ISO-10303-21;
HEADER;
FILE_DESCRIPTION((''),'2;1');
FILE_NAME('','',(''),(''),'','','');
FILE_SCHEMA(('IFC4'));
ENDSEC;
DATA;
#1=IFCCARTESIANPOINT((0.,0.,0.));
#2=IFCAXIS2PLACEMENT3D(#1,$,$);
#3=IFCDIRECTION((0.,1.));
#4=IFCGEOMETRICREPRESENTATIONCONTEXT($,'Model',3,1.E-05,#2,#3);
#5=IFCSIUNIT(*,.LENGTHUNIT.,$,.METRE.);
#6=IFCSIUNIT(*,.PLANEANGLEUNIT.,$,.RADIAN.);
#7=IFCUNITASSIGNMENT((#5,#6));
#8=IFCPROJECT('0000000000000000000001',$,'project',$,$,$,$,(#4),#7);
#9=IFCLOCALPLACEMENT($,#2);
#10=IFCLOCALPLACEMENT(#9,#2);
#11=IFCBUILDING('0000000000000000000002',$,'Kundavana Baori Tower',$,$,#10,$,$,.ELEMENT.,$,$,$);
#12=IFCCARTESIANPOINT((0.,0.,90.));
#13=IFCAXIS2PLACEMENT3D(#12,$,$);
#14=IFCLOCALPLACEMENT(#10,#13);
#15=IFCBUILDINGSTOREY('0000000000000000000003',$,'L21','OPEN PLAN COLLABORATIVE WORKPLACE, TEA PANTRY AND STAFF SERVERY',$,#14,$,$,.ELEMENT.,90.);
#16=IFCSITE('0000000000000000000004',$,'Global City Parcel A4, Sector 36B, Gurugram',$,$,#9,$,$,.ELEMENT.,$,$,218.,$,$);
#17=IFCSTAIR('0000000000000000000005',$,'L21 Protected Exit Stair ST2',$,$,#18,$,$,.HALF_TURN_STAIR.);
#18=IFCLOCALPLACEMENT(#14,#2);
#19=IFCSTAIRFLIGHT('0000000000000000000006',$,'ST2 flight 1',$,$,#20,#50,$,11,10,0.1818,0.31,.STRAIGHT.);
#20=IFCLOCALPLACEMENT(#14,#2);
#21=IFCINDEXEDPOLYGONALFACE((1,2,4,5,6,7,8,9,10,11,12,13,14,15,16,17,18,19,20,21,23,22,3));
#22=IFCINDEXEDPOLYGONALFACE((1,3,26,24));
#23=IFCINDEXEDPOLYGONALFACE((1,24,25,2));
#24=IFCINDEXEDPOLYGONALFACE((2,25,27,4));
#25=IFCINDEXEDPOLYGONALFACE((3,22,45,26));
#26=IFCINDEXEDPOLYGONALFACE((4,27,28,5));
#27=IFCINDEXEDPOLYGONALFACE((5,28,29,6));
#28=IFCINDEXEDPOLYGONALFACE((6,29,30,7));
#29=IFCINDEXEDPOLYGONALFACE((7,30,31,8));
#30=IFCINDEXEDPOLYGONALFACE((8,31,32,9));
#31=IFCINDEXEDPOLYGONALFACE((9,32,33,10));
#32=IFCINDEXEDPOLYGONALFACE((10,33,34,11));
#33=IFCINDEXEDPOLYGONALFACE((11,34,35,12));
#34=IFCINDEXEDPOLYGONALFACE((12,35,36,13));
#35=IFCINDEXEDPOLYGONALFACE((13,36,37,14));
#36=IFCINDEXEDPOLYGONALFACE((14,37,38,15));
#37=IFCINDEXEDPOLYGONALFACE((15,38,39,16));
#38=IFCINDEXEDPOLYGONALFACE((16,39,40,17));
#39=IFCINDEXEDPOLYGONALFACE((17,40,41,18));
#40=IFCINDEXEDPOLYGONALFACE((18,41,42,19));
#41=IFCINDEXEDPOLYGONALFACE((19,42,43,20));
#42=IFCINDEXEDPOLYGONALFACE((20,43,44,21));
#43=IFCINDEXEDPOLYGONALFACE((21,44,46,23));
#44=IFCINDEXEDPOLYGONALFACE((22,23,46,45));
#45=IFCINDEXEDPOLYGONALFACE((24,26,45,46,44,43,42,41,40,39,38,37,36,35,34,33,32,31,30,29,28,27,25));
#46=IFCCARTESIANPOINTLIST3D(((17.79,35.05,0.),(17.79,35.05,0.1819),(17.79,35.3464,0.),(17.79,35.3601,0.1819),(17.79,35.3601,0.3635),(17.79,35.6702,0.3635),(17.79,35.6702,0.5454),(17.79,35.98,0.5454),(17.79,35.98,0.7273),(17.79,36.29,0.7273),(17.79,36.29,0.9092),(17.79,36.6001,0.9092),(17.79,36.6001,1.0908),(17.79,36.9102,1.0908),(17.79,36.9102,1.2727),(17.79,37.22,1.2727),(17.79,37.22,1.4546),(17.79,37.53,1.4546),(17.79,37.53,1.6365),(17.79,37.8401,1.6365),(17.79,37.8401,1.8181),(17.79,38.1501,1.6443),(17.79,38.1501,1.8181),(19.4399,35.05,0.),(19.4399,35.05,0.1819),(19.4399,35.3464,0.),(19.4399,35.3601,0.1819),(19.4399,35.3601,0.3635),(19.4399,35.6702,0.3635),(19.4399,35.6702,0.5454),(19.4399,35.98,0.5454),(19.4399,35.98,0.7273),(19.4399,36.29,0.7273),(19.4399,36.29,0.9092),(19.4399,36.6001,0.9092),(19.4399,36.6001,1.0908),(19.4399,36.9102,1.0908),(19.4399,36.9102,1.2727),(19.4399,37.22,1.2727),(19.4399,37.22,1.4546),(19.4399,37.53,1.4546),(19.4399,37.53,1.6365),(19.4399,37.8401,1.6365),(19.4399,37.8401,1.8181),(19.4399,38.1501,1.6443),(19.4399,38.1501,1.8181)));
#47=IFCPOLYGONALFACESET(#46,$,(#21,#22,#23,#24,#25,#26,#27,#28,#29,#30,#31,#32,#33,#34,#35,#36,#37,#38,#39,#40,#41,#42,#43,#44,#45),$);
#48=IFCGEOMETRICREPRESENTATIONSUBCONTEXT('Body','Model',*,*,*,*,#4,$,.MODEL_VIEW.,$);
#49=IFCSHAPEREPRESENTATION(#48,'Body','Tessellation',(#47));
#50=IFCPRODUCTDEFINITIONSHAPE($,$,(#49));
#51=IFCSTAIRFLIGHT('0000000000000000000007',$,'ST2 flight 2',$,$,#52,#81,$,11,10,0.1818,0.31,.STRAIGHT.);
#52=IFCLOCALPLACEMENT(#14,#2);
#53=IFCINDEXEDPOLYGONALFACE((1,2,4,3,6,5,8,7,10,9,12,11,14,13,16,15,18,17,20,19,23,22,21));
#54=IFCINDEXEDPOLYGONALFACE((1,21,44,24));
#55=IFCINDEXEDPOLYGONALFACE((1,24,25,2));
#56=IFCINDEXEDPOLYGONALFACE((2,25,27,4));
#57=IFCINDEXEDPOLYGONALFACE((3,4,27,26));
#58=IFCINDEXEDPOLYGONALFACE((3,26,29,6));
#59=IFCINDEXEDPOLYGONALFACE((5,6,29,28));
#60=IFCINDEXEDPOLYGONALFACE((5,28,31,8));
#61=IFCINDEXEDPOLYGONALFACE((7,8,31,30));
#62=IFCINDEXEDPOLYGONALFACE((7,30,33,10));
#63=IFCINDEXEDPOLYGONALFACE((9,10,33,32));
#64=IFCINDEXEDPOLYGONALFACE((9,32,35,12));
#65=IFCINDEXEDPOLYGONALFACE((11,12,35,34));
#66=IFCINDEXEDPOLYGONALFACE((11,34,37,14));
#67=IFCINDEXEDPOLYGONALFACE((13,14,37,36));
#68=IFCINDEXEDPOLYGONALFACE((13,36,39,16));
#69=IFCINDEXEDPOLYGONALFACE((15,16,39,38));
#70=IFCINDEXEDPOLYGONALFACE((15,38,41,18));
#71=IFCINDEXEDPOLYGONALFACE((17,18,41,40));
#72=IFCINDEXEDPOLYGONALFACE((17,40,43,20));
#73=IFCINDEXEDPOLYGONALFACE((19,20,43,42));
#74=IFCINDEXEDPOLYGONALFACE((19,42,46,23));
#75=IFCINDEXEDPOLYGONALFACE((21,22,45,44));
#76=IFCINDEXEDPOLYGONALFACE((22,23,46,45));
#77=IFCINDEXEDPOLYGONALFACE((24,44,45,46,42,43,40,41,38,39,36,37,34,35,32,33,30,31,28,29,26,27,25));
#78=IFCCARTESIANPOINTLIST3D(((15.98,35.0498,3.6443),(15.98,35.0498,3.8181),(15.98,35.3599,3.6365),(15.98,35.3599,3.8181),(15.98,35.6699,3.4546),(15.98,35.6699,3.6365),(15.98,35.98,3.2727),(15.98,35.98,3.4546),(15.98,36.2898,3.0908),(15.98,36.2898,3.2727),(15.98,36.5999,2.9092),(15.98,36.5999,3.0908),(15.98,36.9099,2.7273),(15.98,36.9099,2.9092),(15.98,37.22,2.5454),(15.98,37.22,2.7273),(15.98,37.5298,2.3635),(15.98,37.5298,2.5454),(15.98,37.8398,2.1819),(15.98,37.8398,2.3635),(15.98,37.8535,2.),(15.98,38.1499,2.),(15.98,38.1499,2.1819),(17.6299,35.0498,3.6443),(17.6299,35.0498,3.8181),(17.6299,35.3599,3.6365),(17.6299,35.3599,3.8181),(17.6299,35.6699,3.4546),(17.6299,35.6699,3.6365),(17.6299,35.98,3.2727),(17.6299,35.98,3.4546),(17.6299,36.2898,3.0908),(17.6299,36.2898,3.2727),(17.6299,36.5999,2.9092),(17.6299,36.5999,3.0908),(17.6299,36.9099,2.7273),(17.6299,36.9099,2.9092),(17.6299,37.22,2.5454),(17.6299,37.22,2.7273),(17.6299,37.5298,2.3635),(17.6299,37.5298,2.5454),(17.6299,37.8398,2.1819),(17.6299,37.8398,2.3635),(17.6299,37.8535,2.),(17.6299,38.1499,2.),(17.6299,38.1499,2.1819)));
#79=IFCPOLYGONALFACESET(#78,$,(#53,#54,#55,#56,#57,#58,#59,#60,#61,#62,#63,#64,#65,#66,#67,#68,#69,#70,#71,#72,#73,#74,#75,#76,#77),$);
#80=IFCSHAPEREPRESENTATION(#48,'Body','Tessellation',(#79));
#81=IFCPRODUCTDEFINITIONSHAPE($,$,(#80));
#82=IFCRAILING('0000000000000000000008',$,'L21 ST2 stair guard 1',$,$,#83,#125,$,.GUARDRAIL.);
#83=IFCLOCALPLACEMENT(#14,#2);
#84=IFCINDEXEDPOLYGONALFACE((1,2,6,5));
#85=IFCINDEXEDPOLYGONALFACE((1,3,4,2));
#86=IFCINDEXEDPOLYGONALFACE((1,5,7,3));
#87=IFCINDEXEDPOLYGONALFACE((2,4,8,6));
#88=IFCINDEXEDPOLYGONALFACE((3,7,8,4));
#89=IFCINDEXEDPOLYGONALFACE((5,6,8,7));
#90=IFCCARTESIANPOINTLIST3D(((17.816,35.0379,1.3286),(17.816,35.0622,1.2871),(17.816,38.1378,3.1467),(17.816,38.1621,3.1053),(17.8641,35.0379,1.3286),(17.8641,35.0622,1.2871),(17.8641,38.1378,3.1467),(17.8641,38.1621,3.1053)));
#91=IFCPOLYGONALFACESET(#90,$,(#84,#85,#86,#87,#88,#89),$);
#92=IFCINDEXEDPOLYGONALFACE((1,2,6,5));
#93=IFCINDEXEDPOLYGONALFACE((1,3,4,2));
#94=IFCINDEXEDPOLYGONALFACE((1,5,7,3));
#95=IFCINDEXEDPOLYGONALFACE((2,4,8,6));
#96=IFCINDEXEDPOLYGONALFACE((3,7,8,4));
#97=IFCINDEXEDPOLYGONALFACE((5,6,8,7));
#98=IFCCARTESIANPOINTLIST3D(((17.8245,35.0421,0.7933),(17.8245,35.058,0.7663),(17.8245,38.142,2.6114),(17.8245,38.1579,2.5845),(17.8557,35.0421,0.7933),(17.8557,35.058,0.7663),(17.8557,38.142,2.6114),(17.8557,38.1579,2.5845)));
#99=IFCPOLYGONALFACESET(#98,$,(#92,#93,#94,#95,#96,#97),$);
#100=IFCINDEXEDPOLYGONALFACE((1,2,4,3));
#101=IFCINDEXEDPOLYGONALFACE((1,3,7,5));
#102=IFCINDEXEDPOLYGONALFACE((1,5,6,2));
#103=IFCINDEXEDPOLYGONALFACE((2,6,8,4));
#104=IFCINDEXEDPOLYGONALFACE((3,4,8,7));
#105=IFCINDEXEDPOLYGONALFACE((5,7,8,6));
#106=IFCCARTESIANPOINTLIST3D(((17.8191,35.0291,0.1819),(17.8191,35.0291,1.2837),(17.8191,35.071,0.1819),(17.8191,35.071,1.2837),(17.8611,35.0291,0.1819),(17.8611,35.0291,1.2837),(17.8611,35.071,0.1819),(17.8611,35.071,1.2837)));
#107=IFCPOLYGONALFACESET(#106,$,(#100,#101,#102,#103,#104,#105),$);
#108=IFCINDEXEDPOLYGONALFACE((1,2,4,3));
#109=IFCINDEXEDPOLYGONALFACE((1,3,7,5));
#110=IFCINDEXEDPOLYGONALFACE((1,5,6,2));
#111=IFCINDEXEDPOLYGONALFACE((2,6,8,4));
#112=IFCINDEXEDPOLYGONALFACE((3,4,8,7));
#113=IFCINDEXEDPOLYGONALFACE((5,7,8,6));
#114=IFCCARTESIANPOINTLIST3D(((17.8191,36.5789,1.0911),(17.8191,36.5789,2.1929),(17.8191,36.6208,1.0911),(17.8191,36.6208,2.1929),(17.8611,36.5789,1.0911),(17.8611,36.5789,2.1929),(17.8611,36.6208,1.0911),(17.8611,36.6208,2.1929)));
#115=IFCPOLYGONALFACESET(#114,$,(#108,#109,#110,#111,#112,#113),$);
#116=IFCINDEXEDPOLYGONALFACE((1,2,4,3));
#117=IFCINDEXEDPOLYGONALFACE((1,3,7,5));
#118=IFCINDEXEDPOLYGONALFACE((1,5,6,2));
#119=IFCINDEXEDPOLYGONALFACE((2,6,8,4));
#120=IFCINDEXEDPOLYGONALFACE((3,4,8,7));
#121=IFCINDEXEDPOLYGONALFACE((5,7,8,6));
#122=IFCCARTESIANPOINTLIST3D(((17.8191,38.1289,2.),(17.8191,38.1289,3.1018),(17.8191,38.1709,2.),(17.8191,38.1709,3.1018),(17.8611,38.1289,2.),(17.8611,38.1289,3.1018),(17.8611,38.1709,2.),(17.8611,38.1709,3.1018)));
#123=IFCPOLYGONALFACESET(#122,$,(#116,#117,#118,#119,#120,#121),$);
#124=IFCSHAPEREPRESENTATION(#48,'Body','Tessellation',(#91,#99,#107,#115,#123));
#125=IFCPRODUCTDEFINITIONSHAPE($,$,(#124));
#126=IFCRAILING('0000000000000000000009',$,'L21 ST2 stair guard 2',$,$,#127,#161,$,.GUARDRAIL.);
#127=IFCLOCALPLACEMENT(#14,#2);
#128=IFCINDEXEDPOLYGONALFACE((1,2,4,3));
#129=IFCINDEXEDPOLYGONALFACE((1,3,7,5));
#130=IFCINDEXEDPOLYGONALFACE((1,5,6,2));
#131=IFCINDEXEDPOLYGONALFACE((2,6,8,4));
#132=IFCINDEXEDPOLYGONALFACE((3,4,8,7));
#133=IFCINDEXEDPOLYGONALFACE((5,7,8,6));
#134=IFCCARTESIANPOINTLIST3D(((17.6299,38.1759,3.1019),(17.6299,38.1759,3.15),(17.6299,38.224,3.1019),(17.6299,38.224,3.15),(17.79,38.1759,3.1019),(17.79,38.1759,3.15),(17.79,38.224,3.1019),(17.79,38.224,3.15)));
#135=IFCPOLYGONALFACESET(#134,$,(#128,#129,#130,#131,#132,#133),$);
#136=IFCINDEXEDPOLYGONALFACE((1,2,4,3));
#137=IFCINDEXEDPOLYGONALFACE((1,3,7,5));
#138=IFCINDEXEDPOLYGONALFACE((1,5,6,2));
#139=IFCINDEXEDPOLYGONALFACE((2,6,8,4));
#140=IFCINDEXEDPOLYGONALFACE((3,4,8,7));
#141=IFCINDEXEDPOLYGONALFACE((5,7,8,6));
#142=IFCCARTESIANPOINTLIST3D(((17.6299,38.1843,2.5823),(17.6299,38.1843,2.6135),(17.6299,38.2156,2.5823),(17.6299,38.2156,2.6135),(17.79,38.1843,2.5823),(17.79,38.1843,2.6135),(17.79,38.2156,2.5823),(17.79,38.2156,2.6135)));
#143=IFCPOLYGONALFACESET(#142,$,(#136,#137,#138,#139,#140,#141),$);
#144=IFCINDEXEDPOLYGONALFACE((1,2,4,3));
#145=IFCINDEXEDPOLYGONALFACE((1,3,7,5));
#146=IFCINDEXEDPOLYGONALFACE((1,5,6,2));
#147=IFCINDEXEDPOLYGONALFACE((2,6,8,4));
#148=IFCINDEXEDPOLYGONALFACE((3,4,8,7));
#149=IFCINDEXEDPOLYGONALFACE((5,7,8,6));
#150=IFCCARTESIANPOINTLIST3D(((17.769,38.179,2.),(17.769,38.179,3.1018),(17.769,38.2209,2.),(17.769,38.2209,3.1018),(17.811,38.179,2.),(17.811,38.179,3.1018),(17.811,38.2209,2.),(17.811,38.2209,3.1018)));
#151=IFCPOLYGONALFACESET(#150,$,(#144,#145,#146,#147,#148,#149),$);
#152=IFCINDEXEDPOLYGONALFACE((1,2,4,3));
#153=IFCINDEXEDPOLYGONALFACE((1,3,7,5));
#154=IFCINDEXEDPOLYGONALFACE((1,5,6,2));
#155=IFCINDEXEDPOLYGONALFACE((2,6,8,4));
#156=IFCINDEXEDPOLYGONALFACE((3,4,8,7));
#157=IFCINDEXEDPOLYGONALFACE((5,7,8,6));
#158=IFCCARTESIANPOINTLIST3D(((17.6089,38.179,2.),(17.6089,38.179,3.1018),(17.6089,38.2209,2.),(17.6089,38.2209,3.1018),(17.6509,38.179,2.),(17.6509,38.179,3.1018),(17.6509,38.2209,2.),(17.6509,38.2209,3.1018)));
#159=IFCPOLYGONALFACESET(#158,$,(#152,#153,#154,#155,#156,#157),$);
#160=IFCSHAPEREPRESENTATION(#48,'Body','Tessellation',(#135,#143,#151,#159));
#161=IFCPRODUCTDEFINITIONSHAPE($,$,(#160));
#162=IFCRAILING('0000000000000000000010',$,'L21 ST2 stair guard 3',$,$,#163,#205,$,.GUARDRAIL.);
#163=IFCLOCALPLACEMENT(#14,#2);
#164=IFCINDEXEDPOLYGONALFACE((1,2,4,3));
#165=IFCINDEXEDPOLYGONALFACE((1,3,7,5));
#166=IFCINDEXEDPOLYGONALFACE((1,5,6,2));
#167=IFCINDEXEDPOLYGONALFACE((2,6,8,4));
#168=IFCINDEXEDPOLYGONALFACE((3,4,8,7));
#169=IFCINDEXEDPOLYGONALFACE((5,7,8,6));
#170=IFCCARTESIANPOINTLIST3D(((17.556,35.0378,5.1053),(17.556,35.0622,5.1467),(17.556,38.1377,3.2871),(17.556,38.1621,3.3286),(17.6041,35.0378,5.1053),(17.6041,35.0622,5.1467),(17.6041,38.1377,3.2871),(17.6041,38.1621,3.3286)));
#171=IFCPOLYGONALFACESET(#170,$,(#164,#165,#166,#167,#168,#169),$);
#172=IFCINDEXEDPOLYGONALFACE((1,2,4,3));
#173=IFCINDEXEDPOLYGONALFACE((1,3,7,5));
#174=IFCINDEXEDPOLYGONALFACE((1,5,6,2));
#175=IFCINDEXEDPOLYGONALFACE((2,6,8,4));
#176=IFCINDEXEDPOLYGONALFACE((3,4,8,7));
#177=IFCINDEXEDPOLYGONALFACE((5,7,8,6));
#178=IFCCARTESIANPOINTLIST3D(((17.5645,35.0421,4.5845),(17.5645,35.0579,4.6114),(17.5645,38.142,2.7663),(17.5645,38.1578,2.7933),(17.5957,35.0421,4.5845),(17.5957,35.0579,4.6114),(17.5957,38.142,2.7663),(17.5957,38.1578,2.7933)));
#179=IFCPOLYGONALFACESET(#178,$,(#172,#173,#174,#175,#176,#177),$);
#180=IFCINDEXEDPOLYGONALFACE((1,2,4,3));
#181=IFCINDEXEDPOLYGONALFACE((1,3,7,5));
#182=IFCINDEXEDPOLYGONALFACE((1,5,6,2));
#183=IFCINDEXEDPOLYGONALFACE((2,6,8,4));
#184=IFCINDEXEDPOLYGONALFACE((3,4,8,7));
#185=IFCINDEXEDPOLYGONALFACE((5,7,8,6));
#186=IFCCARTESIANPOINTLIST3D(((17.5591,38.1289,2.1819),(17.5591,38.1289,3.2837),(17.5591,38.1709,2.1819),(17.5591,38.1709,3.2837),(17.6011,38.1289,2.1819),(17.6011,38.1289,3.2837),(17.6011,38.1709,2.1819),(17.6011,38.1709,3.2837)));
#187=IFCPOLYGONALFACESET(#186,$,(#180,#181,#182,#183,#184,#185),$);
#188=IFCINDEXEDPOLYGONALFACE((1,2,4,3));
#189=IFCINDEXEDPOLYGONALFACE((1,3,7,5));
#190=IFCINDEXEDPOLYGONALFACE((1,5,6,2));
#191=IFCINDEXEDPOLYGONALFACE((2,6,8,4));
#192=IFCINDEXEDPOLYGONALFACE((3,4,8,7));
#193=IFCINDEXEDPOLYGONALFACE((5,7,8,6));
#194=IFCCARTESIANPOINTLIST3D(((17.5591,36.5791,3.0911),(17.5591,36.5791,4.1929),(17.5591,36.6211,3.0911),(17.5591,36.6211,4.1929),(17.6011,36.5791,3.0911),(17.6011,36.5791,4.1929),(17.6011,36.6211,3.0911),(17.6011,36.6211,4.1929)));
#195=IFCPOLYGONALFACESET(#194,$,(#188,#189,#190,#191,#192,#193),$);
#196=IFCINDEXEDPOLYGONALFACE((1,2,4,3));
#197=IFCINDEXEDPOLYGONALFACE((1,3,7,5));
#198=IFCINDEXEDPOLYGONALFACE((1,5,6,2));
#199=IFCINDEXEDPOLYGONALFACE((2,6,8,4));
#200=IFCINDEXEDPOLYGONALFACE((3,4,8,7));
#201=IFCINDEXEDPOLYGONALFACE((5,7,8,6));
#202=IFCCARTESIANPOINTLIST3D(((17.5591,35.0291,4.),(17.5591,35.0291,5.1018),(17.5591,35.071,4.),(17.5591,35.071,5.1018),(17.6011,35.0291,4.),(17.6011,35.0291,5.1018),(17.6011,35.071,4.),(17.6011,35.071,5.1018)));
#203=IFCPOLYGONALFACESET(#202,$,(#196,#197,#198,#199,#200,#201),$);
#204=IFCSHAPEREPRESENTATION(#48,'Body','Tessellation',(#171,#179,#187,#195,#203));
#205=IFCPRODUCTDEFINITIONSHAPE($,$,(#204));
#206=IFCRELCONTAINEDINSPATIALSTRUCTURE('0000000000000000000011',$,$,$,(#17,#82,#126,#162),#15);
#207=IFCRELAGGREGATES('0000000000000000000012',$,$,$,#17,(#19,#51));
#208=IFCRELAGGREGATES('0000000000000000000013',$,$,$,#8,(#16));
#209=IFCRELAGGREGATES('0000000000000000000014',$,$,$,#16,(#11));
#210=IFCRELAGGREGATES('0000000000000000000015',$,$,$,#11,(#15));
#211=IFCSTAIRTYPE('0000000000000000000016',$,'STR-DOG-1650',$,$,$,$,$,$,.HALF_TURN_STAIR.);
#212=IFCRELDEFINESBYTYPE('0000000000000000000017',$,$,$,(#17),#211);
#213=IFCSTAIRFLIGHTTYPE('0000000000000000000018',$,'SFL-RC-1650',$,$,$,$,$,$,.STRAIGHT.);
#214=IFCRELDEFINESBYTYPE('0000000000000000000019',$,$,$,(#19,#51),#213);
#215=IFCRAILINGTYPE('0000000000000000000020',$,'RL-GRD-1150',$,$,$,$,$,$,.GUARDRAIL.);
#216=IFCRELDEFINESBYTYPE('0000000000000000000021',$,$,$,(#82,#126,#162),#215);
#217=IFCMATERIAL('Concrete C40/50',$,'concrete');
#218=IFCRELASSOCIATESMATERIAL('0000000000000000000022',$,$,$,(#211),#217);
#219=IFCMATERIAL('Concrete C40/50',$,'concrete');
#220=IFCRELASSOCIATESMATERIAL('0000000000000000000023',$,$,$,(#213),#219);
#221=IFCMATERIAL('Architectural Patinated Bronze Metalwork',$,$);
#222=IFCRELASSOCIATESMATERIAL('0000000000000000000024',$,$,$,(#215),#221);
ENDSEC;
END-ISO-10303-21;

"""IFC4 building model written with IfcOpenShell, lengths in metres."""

from ifc_helpers import new_model, si_unit, direction, frame, origin, origin_2d, place, context, subcontext, project, spatial, polyline, rectangle, outline, extrude, material, type_object, element, aggregate, save


model = new_model("IFC4")

# Units and contexts
model_context = context("Model", 3, precision=1e-05, world=origin(), true_north=direction((0.0, 1.0)))
body_context = subcontext(model_context, "Body", "Model", "MODEL_VIEW")
ifc_project = project(units=[si_unit("LENGTHUNIT", "METRE"), si_unit("PLANEANGLEUNIT", "RADIAN")], contexts=[model_context])

# Site, building, storey
site_placement = place(None, origin())
site = spatial("IfcSite", under=ifc_project, at=site_placement, Name="Global City Parcel A4, Sector 36B, Gurugram", CompositionType="ELEMENT", RefElevation=218.0)
building_placement = place(site_placement, origin())
building = spatial("IfcBuilding", under=site, at=building_placement, Name="Kundavana Baori Tower", CompositionType="ELEMENT")
storey_placement = place(building_placement, frame((0.0, 0.0, 90.0)))
storey = spatial("IfcBuildingStorey", under=building, at=storey_placement, Name="L21", Description="OPEN PLAN COLLABORATIVE WORKPLACE, TEA PANTRY AND STAFF SERVERY", CompositionType="ELEMENT", Elevation=90.0)

# Stair, stair flights
ifc_material_1 = material(Name="Concrete C40/50", Category="concrete")
stair_type = type_object("IfcStairType", Name="STR-DOG-1650", PredefinedType="HALF_TURN_STAIR", material=ifc_material_1)
stair_placement = place(storey_placement, origin())
stair = element("IfcStair", 1, at=stair_placement, inside=storey, type_object=stair_type, Name="L21 Protected Exit Stair ST2", PredefinedType="HALF_TURN_STAIR")
ifc_material_2 = material(Name="Concrete C40/50", Category="concrete")
stair_flight_type = type_object("IfcStairFlightType", Name="SFL-RC-1650", PredefinedType="STRAIGHT", material=ifc_material_2)
stair_flight_1_placement = place(storey_placement, frame((18.615, 35.05, 0.0), z_axis=(0.0, 0.0, 1.0), x_axis=(0.0, 1.0, 0.0)))
stair_flight_1 = element("IfcStairFlight", 2, at=stair_flight_1_placement, type_object=stair_flight_type, Name="ST2 flight 1", NumberOfRisers=11, NumberOfTreads=10, PredefinedType="STRAIGHT", RiserHeight=0.1818, TreadLength=0.31, context=body_context, shape_type="SweptSolid", body=[
    extrude(outline(polyline([(0.0, 0.0), (0.0, 0.1819), (0.3101, 0.1819), (0.3101, 0.3635), (0.6201, 0.3635), (0.6201, 0.5454), (0.9299, 0.5454), (0.9299, 0.7273), (1.24, 0.7273), (1.24, 0.9092), (1.55, 0.9092), (1.55, 1.0908), (1.8601, 1.0908), (1.8601, 1.2727), (2.1699, 1.2727), (2.1699, 1.4546), (2.48, 1.4546), (2.48, 1.6365), (2.79, 1.6365), (2.79, 1.8181), (3.1001, 1.8181), (3.1001, 2.0), (3.1001, 1.6443), (0.2964, 0.0), (0.0, 0.0)])), frame((0.0, 0.825, 0.0), z_axis=(0.0, -1.0, 0.0), x_axis=(1.0, 0.0, 0.0)), (0.0, 0.0, 1.0), 1.6499),
])
stair_flight_2_placement = place(storey_placement, frame((16.8049, 38.1499, 2.0), z_axis=(0.0, 0.0, 1.0), x_axis=(0.0, -1.0, 0.0)))
stair_flight_2 = element("IfcStairFlight", 3, at=stair_flight_2_placement, type_object=stair_flight_type, Name="ST2 flight 2", NumberOfRisers=11, NumberOfTreads=10, PredefinedType="STRAIGHT", RiserHeight=0.1818, TreadLength=0.31, context=body_context, shape_type="SweptSolid", body=[
    extrude(outline(polyline([(0.0, 0.0), (0.0, 0.1819), (0.3101, 0.1819), (0.3101, 0.3635), (0.6201, 0.3635), (0.6201, 0.5454), (0.9299, 0.5454), (0.9299, 0.7273), (1.24, 0.7273), (1.24, 0.9092), (1.55, 0.9092), (1.55, 1.0908), (1.8601, 1.0908), (1.8601, 1.2727), (2.1699, 1.2727), (2.1699, 1.4546), (2.48, 1.4546), (2.48, 1.6365), (2.79, 1.6365), (2.79, 1.8181), (3.1001, 1.8181), (3.1001, 2.0), (3.1001, 1.6443), (0.2964, 0.0), (0.0, 0.0)])), frame((0.0, 0.825, 0.0), z_axis=(0.0, -1.0, 0.0), x_axis=(1.0, 0.0, 0.0)), (0.0, 0.0, 1.0), 1.6499),
])
aggregate(stair, [stair_flight_1, stair_flight_2])

# Railings
ifc_material_3 = material(Name="Architectural Patinated Bronze Metalwork")
railing_type_1 = type_object("IfcRailingType", Name="RL-GRD-1150", PredefinedType="GUARDRAIL", material=ifc_material_3)
railing_1_placement = place(storey_placement, frame((17.8401, 35.05, 0.1819)))
element("IfcRailing", 4, at=railing_1_placement, inside=storey, type_object=railing_type_1, Name="L21 ST2 stair guard 1", PredefinedType="GUARDRAIL", context=body_context, shape_type="SweptSolid", body=[
    extrude(rectangle(XDim=0.0481, YDim=0.0481, at=origin_2d()), frame((0.0, 0.0, 1.126), z_axis=(0.0, 0.862581, 0.505918), x_axis=(-1.0, 0.0, 0.0)), (0.0, 0.0, 1.0), 3.5938),
    extrude(rectangle(XDim=0.0312, YDim=0.0312, at=origin_2d()), frame((0.0, 0.0, 0.5979), z_axis=(0.0, 0.862581, 0.505918), x_axis=(-1.0, 0.0, 0.0)), (0.0, 0.0, 1.0), 3.5938),
    extrude(rectangle(XDim=0.042, YDim=0.042, at=origin_2d()), origin(), (0.0, 0.0, 1.0), 1.1018),
    extrude(rectangle(XDim=0.042, YDim=0.042, at=origin_2d()), frame((0.0, 1.5498, 0.9092)), (0.0, 0.0, 1.0), 1.1018),
    extrude(rectangle(XDim=0.042, YDim=0.042, at=origin_2d()), frame((0.0, 3.0999, 1.8181)), (0.0, 0.0, 1.0), 1.1018),
])
railing_2_placement = place(storey_placement, frame((17.79, 38.2, 2.0)))
element("IfcRailing", 5, at=railing_2_placement, inside=storey, type_object=railing_type_1, Name="L21 ST2 stair guard 2", PredefinedType="GUARDRAIL", context=body_context, shape_type="SweptSolid", body=[
    extrude(rectangle(XDim=0.0481, YDim=0.0481, at=origin_2d()), frame((0.0, 0.0, 1.126), z_axis=(-1.0, 0.0, 0.0), x_axis=(0.0, -1.0, 0.0)), (0.0, 0.0, 1.0), 0.1602),
    extrude(rectangle(XDim=0.0312, YDim=0.0312, at=origin_2d()), frame((0.0, 0.0, 0.5979), z_axis=(-1.0, 0.0, 0.0), x_axis=(0.0, -1.0, 0.0)), (0.0, 0.0, 1.0), 0.1602),
    extrude(rectangle(XDim=0.042, YDim=0.042, at=origin_2d()), origin(), (0.0, 0.0, 1.0), 1.1018),
    extrude(rectangle(XDim=0.042, YDim=0.042, at=origin_2d()), frame((-0.1602, 0.0, 0.0)), (0.0, 0.0, 1.0), 1.1018),
])
railing_3_placement = place(storey_placement, frame((17.5801, 38.1499, 2.1819)))
element("IfcRailing", 6, at=railing_3_placement, inside=storey, type_object=railing_type_1, Name="L21 ST2 stair guard 3", PredefinedType="GUARDRAIL", context=body_context, shape_type="SweptSolid", body=[
    extrude(rectangle(XDim=0.0481, YDim=0.0481, at=origin_2d()), frame((0.0, 0.0, 1.126), z_axis=(0.0, -0.862581, 0.505918), x_axis=(1.0, 0.0, 0.0)), (0.0, 0.0, 1.0), 3.5938),
    extrude(rectangle(XDim=0.0312, YDim=0.0312, at=origin_2d()), frame((0.0, 0.0, 0.5979), z_axis=(0.0, -0.862581, 0.505918), x_axis=(1.0, 0.0, 0.0)), (0.0, 0.0, 1.0), 3.5938),
    extrude(rectangle(XDim=0.042, YDim=0.042, at=origin_2d()), origin(), (0.0, 0.0, 1.0), 1.1018),
    extrude(rectangle(XDim=0.042, YDim=0.042, at=origin_2d()), frame((0.0, -1.5498, 0.9092)), (0.0, 0.0, 1.0), 1.1018),
    extrude(rectangle(XDim=0.042, YDim=0.042, at=origin_2d()), frame((0.0, -3.0999, 1.8181)), (0.0, 0.0, 1.0), 1.1018),
])

save(model, "model.ifc")
